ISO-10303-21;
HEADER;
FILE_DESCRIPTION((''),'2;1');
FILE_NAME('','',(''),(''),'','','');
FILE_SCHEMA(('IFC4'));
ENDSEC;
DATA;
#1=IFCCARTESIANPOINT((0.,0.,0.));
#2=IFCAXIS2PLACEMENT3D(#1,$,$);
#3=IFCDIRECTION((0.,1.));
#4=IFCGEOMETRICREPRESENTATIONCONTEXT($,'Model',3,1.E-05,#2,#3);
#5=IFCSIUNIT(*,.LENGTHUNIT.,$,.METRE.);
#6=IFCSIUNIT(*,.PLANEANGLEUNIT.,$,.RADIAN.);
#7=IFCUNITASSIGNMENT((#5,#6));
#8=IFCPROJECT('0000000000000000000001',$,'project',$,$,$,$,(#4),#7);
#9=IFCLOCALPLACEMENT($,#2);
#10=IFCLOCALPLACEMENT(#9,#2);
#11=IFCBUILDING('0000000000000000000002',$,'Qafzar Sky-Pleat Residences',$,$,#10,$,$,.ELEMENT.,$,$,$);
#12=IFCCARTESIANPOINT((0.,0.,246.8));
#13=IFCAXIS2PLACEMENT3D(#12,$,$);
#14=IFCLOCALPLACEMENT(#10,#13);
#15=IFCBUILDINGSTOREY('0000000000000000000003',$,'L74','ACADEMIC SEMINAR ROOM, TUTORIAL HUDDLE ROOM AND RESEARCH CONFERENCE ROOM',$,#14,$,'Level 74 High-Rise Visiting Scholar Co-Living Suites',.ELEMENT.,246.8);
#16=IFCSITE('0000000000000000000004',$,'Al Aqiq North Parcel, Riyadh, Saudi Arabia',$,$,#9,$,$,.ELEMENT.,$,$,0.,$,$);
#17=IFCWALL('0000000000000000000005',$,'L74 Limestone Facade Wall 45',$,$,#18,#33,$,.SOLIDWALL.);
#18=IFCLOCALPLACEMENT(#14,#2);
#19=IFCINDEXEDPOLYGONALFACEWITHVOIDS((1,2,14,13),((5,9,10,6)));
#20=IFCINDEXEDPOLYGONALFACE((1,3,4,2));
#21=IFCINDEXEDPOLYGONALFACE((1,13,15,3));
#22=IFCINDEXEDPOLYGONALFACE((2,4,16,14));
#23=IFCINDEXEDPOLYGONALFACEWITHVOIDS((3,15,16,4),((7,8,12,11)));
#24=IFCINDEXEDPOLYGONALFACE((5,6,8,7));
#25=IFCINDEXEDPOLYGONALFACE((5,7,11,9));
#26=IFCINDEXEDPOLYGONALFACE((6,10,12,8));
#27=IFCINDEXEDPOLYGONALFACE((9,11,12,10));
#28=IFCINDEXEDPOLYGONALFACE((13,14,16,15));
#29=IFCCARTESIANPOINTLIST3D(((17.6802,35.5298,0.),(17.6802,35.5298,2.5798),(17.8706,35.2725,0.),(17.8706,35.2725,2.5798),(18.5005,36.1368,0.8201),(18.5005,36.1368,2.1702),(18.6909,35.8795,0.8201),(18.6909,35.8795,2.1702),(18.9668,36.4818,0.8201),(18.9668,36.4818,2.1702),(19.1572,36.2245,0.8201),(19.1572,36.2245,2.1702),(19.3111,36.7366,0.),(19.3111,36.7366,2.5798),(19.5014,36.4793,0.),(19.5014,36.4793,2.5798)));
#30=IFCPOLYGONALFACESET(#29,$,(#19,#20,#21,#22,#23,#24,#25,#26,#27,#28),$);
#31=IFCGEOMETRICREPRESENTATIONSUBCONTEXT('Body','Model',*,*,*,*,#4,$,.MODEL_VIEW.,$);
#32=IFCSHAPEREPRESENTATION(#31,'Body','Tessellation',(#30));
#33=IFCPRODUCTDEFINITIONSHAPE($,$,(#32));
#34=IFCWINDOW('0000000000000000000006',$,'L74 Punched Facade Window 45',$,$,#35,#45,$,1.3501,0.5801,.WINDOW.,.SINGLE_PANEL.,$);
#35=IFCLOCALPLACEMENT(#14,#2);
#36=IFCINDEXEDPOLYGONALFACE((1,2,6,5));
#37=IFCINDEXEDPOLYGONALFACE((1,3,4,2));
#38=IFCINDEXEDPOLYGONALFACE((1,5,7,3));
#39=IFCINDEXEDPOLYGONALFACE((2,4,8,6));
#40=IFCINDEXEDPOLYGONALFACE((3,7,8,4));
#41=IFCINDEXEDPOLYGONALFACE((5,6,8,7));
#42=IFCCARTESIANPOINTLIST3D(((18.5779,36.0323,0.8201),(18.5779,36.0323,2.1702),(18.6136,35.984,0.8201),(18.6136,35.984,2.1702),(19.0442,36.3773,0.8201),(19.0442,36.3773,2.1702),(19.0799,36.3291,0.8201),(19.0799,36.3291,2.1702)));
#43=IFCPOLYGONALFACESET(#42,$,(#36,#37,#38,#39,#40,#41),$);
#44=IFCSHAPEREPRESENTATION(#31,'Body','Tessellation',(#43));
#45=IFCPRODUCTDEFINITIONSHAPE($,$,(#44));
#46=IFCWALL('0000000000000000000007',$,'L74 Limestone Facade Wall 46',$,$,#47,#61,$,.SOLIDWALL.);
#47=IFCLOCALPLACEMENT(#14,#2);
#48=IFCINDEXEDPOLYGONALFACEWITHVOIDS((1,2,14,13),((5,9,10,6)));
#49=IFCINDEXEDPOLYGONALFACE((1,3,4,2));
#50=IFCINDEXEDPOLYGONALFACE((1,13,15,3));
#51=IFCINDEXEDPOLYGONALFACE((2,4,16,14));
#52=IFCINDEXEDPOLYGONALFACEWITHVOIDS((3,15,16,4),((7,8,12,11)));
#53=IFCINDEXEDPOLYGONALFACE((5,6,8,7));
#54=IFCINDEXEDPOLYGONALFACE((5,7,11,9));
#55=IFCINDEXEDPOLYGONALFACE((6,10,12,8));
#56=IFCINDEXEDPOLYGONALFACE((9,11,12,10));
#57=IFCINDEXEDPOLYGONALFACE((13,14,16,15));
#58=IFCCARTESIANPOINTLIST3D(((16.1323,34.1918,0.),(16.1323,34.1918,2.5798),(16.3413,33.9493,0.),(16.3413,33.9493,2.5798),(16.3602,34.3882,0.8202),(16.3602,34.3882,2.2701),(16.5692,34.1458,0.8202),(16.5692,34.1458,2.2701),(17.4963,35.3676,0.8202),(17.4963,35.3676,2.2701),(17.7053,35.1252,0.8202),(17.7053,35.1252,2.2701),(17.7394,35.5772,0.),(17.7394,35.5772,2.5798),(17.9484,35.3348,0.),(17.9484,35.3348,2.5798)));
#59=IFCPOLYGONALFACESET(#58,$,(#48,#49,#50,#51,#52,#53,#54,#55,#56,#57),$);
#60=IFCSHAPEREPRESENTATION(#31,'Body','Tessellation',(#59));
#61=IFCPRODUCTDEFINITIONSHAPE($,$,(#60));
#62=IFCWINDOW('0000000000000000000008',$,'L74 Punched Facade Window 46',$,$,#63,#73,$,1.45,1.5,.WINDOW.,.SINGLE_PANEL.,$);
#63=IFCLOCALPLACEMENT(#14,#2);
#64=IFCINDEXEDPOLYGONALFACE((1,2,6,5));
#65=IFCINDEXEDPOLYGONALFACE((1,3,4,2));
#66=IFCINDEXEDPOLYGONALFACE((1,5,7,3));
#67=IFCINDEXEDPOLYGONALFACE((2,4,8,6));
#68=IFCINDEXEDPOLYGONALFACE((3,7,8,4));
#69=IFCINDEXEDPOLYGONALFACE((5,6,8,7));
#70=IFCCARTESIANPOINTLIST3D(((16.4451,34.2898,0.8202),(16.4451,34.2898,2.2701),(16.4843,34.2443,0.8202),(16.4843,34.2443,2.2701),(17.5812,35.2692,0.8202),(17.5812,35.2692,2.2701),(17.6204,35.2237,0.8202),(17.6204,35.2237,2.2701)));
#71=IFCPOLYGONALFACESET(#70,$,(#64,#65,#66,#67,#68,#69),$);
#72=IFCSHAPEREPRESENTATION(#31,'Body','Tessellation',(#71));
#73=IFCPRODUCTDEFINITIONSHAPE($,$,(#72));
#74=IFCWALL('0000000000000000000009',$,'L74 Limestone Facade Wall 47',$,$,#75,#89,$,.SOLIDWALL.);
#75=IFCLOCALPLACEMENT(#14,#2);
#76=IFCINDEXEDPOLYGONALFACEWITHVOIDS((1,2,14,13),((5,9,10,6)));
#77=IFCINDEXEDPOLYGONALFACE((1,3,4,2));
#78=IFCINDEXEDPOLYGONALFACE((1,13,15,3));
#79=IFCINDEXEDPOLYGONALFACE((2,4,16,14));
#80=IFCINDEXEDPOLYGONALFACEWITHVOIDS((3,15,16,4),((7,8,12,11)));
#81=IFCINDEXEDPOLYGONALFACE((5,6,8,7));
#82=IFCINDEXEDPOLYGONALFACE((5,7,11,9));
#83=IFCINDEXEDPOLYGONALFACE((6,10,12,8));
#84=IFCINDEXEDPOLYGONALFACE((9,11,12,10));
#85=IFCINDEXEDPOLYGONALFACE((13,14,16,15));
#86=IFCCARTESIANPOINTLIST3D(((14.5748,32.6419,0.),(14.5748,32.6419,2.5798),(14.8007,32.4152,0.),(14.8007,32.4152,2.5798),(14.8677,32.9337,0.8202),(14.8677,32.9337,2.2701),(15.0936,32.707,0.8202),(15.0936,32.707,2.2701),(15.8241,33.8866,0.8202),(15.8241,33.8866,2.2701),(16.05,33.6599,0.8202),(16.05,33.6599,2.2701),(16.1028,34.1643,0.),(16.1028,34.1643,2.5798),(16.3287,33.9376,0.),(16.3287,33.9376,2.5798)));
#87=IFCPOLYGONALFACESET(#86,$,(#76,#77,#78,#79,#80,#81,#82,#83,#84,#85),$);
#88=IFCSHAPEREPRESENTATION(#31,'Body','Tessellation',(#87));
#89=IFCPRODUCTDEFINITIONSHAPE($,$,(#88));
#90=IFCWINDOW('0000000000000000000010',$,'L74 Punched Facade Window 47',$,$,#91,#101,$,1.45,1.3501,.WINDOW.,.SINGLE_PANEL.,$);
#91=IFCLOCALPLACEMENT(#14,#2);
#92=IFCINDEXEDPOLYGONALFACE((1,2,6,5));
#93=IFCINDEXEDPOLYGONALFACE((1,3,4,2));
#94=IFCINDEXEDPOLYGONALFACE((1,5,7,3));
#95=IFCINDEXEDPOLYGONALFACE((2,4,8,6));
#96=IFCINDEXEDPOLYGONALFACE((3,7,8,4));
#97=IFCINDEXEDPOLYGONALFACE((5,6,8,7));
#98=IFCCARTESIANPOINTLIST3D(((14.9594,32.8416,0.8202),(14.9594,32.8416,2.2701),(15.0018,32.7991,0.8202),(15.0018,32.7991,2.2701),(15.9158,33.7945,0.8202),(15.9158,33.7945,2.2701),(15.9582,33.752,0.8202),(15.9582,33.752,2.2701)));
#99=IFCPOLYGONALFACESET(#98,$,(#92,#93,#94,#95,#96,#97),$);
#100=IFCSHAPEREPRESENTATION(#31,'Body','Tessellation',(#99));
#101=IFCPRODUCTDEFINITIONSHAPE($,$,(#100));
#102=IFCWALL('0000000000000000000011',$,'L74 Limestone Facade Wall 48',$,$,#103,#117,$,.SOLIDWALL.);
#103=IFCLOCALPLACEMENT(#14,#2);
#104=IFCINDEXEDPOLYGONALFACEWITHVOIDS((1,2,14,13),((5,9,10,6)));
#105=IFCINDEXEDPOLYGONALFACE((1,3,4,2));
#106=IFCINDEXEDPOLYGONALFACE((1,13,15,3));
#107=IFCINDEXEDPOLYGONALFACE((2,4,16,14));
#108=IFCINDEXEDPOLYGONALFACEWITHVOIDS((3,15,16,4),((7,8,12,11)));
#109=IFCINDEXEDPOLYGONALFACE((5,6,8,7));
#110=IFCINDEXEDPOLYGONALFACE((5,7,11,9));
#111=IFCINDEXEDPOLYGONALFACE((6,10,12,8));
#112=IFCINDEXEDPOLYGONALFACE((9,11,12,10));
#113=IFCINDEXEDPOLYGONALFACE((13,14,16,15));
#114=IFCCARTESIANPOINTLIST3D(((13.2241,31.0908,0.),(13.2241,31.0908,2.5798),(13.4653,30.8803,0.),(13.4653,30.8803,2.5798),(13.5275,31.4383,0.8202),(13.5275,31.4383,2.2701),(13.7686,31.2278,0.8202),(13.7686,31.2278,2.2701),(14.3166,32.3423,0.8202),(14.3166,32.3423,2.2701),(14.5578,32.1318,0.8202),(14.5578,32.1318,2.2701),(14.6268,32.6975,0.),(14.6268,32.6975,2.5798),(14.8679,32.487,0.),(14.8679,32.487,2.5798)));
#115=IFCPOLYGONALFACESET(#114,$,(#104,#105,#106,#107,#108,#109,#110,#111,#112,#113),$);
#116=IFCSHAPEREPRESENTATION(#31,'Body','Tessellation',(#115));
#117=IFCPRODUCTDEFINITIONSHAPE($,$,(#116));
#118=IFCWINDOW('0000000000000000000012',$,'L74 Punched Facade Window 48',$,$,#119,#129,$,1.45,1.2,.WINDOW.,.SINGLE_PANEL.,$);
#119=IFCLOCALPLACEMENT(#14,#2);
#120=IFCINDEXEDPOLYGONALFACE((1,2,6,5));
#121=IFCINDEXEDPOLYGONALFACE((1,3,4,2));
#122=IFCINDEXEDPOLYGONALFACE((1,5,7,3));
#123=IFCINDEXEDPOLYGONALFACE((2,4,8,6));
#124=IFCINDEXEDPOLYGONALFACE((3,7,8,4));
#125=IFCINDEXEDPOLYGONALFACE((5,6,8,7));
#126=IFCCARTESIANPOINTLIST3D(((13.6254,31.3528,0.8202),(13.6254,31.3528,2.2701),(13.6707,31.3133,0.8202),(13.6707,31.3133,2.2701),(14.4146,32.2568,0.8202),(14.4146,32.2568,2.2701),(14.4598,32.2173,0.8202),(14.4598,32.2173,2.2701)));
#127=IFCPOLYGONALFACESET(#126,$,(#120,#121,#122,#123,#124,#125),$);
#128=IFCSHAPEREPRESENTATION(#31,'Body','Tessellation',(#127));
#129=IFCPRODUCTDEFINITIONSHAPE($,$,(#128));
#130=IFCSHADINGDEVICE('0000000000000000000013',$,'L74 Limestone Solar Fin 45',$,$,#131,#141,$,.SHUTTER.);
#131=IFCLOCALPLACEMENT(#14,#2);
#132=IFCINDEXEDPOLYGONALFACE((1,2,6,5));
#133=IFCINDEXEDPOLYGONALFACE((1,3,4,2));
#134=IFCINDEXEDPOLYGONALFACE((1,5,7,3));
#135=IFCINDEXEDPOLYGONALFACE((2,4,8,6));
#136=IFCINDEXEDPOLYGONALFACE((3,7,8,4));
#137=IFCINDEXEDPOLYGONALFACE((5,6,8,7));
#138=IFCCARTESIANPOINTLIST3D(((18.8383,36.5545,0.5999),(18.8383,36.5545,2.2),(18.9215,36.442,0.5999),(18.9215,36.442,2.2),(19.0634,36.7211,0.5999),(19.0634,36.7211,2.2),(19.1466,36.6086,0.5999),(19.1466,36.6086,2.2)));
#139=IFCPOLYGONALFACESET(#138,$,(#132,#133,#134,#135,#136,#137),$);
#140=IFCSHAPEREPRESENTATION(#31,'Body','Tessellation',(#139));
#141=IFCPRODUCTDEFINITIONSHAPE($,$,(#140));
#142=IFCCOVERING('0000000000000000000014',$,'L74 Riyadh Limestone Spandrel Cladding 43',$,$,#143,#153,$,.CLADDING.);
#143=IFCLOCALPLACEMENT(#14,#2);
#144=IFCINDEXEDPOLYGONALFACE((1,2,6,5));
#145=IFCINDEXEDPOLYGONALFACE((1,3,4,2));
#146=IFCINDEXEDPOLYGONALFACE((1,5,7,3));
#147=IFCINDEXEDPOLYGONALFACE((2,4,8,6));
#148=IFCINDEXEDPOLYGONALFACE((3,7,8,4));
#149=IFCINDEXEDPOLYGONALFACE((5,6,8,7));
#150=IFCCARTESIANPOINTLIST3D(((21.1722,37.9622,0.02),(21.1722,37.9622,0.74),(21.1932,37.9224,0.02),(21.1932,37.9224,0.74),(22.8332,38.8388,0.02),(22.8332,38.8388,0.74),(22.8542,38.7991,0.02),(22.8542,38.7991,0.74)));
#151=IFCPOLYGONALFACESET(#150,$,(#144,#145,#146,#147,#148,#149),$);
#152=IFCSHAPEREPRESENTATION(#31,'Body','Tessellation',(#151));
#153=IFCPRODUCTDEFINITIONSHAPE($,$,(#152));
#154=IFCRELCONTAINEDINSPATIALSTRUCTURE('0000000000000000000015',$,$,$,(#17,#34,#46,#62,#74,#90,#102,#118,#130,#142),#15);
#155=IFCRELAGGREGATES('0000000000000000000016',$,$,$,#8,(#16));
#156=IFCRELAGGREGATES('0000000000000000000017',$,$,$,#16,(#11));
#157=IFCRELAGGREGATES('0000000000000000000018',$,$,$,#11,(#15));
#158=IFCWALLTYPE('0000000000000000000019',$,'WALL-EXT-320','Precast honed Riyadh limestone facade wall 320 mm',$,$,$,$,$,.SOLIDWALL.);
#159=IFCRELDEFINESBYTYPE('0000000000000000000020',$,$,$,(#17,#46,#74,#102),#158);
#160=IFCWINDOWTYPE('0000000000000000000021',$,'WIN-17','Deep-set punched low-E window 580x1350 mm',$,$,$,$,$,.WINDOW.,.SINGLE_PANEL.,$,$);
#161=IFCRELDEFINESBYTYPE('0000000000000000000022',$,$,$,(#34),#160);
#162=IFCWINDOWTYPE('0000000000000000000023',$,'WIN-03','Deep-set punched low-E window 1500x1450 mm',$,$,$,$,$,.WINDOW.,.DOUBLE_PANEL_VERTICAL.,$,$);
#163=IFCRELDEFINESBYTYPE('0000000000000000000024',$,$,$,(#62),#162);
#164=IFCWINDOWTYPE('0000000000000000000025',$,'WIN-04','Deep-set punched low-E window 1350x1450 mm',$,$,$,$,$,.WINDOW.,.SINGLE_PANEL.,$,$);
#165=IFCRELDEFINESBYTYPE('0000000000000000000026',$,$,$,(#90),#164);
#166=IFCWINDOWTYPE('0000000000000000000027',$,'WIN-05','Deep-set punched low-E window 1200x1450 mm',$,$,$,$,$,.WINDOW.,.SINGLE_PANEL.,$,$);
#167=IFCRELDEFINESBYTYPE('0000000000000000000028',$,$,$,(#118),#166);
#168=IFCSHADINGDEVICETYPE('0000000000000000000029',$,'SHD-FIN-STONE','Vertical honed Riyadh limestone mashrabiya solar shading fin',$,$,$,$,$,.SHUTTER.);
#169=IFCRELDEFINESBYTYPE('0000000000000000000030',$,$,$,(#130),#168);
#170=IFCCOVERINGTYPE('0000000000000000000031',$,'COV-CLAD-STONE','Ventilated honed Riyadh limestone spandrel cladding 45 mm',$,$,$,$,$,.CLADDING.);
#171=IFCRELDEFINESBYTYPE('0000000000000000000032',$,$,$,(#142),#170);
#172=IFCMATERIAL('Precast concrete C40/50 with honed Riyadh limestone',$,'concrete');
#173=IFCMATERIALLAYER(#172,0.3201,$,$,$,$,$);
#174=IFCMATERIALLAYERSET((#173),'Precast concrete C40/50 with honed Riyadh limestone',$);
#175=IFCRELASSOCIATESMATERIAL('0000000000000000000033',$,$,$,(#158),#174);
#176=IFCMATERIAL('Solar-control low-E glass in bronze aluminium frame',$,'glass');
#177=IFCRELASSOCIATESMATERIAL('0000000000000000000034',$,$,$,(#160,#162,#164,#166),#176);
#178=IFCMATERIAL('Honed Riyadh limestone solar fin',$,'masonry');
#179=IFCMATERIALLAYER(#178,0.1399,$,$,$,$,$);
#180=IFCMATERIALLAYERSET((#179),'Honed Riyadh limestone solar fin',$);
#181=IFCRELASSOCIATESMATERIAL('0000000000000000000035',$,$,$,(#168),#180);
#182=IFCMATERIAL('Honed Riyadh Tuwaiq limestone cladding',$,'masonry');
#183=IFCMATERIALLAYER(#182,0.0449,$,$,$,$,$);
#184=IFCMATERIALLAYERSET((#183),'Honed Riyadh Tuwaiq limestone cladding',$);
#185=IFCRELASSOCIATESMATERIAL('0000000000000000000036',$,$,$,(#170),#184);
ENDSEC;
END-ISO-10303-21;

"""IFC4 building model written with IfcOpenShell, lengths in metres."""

from ifc_helpers import new_model, si_unit, direction, frame, frame_2d, origin, origin_2d, place, context, subcontext, project, spatial, rectangle, extrude, source, transform, mapped, material, layer, layer_set, type_object, element, fill, save


model = new_model("IFC4")

# Units and contexts
model_context = context("Model", 3, precision=1e-05, world=origin(), true_north=direction((0.0, 1.0)))
body_context = subcontext(model_context, "Body", "Model", "MODEL_VIEW")
ifc_project = project(units=[si_unit("LENGTHUNIT", "METRE"), si_unit("PLANEANGLEUNIT", "RADIAN")], contexts=[model_context])

# Site, building, storey
site_placement = place(None, origin())
site = spatial("IfcSite", under=ifc_project, at=site_placement, Name="Al Aqiq North Parcel, Riyadh, Saudi Arabia", CompositionType="ELEMENT", RefElevation=0.0)
building_placement = place(site_placement, origin())
building = spatial("IfcBuilding", under=site, at=building_placement, Name="Qafzar Sky-Pleat Residences", CompositionType="ELEMENT")
storey_placement = place(building_placement, frame((0.0, 0.0, 246.8)))
storey = spatial("IfcBuildingStorey", under=building, at=storey_placement, Name="L74", Description="ACADEMIC SEMINAR ROOM, TUTORIAL HUDDLE ROOM AND RESEARCH CONFERENCE ROOM", LongName="Level 74 High-Rise Visiting Scholar Co-Living Suites", CompositionType="ELEMENT", Elevation=246.8)

# Walls, openings, windows
ifc_material_1 = material(Name="Precast concrete C40/50 with honed Riyadh limestone", Category="concrete")
ifc_layer_1 = layer(ifc_material_1, 0.3201)
ifc_layer_set_1 = layer_set([ifc_layer_1], Name="Precast concrete C40/50 with honed Riyadh limestone")
wall_type_1 = type_object("IfcWallType", Name="WALL-EXT-320", Description="Precast honed Riyadh limestone facade wall 320 mm", PredefinedType="SOLIDWALL", material=ifc_layer_set_1)
ifc_material_2 = material(Name="Solar-control low-E glass in bronze aluminium frame", Category="glass")
wall_1_placement = place(storey_placement, frame((19.4062, 36.6079, 0.0), z_axis=(0.0, 0.0, 1.0), x_axis=(-0.803853, -0.594827, 0.0)))
wall_1 = element("IfcWall", 1, at=wall_1_placement, inside=storey, type_object=wall_type_1, Name="L74 Limestone Facade Wall 45", PredefinedType="SOLIDWALL", context=body_context, shape_type="SweptSolid", body=[
    extrude(rectangle(XDim=2.0288, YDim=0.3201, at=frame_2d((1.0144, 0.0))), origin(), (0.0, 0.0, 1.0), 2.5798),
])
opening_1_placement = place(wall_1_placement, frame((0.4282, 0.0, 0.8201)))
opening_1 = element("IfcOpeningElement", 2, at=opening_1_placement, cuts=wall_1, PredefinedType="OPENING", context=body_context, shape_type="SweptSolid", body=[
    extrude(rectangle(XDim=0.5801, YDim=1.3501, at=frame_2d((0.29, 0.675))), frame((0.0, 0.1699, 0.0), z_axis=(0.0, -1.0, 0.0), x_axis=(1.0, 0.0, 0.0)), (0.0, 0.0, 1.0), 0.3401),
])
window_type_1 = type_object("IfcWindowType", Name="WIN-17", Description="Deep-set punched low-E window 580x1350 mm", PartitioningType="SINGLE_PANEL", PredefinedType="WINDOW", material=ifc_material_2)
shared_shape_1 = source(origin(), body_context, "Body", "SweptSolid", [
    extrude(rectangle(XDim=0.5801, YDim=1.3501, at=frame_2d((0.29, 0.675))), frame((0.0, 0.03, 0.0), z_axis=(0.0, -1.0, 0.0), x_axis=(1.0, 0.0, 0.0)), (0.0, 0.0, 1.0), 0.0601),
])
window_1_placement = place(opening_1_placement, origin())
window_1 = element("IfcWindow", 3, at=window_1_placement, inside=storey, type_object=window_type_1, Name="L74 Punched Facade Window 45", OverallHeight=1.3501, OverallWidth=0.5801, PartitioningType="SINGLE_PANEL", PredefinedType="WINDOW", context=body_context, shape_type="MappedRepresentation", body=[
    mapped(shared_shape_1, transform((0.0, 0.0, 0.0), x_axis=(1.0, 0.0, 0.0), y_axis=(0.0, 1.0, 0.0), z_axis=(0.0, 0.0, 1.0), scale=1.0)),
])
fill(opening_1, window_1)
wall_2_placement = place(storey_placement, frame((17.844, 35.4561, 0.0), z_axis=(0.0, 0.0, 1.0), x_axis=(-0.75741, -0.65294, 0.0)))
wall_2 = element("IfcWall", 4, at=wall_2_placement, inside=storey, type_object=wall_type_1, Name="L74 Limestone Facade Wall 46", PredefinedType="SOLIDWALL", context=body_context, shape_type="SweptSolid", body=[
    extrude(rectangle(XDim=2.1218, YDim=0.3201, at=frame_2d((1.061, 0.0))), origin(), (0.0, 0.0, 1.0), 2.5798),
])
opening_2_placement = place(wall_2_placement, frame((0.321, 0.0, 0.8201)))
opening_2 = element("IfcOpeningElement", 5, at=opening_2_placement, cuts=wall_2, PredefinedType="OPENING", context=body_context, shape_type="SweptSolid", body=[
    extrude(rectangle(XDim=1.5, YDim=1.45, at=frame_2d((0.75, 0.7251))), frame((0.0, 0.1699, 0.0), z_axis=(0.0, -1.0, 0.0), x_axis=(1.0, 0.0, 0.0)), (0.0, 0.0, 1.0), 0.3401),
])
window_type_2 = type_object("IfcWindowType", Name="WIN-03", Description="Deep-set punched low-E window 1500x1450 mm", PartitioningType="DOUBLE_PANEL_VERTICAL", PredefinedType="WINDOW", material=ifc_material_2)
shared_shape_2 = source(origin(), body_context, "Body", "SweptSolid", [
    extrude(rectangle(XDim=1.5, YDim=1.45, at=frame_2d((0.75, 0.7251))), frame((0.0, 0.03, 0.0), z_axis=(0.0, -1.0, 0.0), x_axis=(1.0, 0.0, 0.0)), (0.0, 0.0, 1.0), 0.0601),
])
window_2_placement = place(opening_2_placement, origin())
window_2 = element("IfcWindow", 6, at=window_2_placement, inside=storey, type_object=window_type_2, Name="L74 Punched Facade Window 46", OverallHeight=1.45, OverallWidth=1.5, PartitioningType="SINGLE_PANEL", PredefinedType="WINDOW", context=body_context, shape_type="MappedRepresentation", body=[
    mapped(shared_shape_2, transform((0.0, 0.0, 0.0), x_axis=(1.0, 0.0, 0.0), y_axis=(0.0, 1.0, 0.0), z_axis=(0.0, 0.0, 1.0), scale=1.0)),
])
fill(opening_2, window_2)
wall_3_placement = place(storey_placement, frame((16.2158, 34.051, 0.0), z_axis=(0.0, 0.0, 1.0), x_axis=(-0.708407, -0.705804, 0.0)))
wall_3 = element("IfcWall", 7, at=wall_3_placement, inside=storey, type_object=wall_type_1, Name="L74 Limestone Facade Wall 47", PredefinedType="SOLIDWALL", context=body_context, shape_type="SweptSolid", body=[
    extrude(rectangle(XDim=2.157, YDim=0.3201, at=frame_2d((1.0786, 0.0))), origin(), (0.0, 0.0, 1.0), 2.5798),
])
opening_3_placement = place(wall_3_placement, frame((0.3936, 0.0, 0.8201)))
opening_3 = element("IfcOpeningElement", 8, at=opening_3_placement, cuts=wall_3, PredefinedType="OPENING", context=body_context, shape_type="SweptSolid", body=[
    extrude(rectangle(XDim=1.3501, YDim=1.45, at=frame_2d((0.675, 0.7251))), frame((0.0, 0.1699, 0.0), z_axis=(0.0, -1.0, 0.0), x_axis=(1.0, 0.0, 0.0)), (0.0, 0.0, 1.0), 0.3401),
])
window_type_3 = type_object("IfcWindowType", Name="WIN-04", Description="Deep-set punched low-E window 1350x1450 mm", PartitioningType="SINGLE_PANEL", PredefinedType="WINDOW", material=ifc_material_2)
shared_shape_3 = source(origin(), body_context, "Body", "SweptSolid", [
    extrude(rectangle(XDim=1.3501, YDim=1.45, at=frame_2d((0.675, 0.7251))), frame((0.0, 0.03, 0.0), z_axis=(0.0, -1.0, 0.0), x_axis=(1.0, 0.0, 0.0)), (0.0, 0.0, 1.0), 0.0601),
])
window_3_placement = place(opening_3_placement, origin())
window_3 = element("IfcWindow", 9, at=window_3_placement, inside=storey, type_object=window_type_3, Name="L74 Punched Facade Window 47", OverallHeight=1.45, OverallWidth=1.3501, PartitioningType="SINGLE_PANEL", PredefinedType="WINDOW", context=body_context, shape_type="MappedRepresentation", body=[
    mapped(shared_shape_3, transform((0.0, 0.0, 0.0), x_axis=(1.0, 0.0, 0.0), y_axis=(0.0, 1.0, 0.0), z_axis=(0.0, 0.0, 1.0), scale=1.0)),
])
fill(opening_3, window_3)
wall_4_placement = place(storey_placement, frame((14.7473, 32.5923, 0.0), z_axis=(0.0, 0.0, 1.0), x_axis=(-0.657637, -0.753335, 0.0)))
wall_4 = element("IfcWall", 10, at=wall_4_placement, inside=storey, type_object=wall_type_1, Name="L74 Limestone Facade Wall 48", PredefinedType="SOLIDWALL", context=body_context, shape_type="SweptSolid", body=[
    extrude(rectangle(XDim=2.1328, YDim=0.3201, at=frame_2d((1.0664, 0.0))), origin(), (0.0, 0.0, 1.0), 2.5798),
])
opening_4_placement = place(wall_4_placement, frame((0.4714, 0.0, 0.8201)))
opening_4 = element("IfcOpeningElement", 11, at=opening_4_placement, cuts=wall_4, PredefinedType="OPENING", context=body_context, shape_type="SweptSolid", body=[
    extrude(rectangle(XDim=1.2, YDim=1.45, at=frame_2d((0.6001, 0.7251))), frame((0.0, 0.1699, 0.0), z_axis=(0.0, -1.0, 0.0), x_axis=(1.0, 0.0, 0.0)), (0.0, 0.0, 1.0), 0.3401),
])
window_type_4 = type_object("IfcWindowType", Name="WIN-05", Description="Deep-set punched low-E window 1200x1450 mm", PartitioningType="SINGLE_PANEL", PredefinedType="WINDOW", material=ifc_material_2)
shared_shape_4 = source(origin(), body_context, "Body", "SweptSolid", [
    extrude(rectangle(XDim=1.2, YDim=1.45, at=frame_2d((0.6001, 0.7251))), frame((0.0, 0.03, 0.0), z_axis=(0.0, -1.0, 0.0), x_axis=(1.0, 0.0, 0.0)), (0.0, 0.0, 1.0), 0.0601),
])
window_4_placement = place(opening_4_placement, origin())
window_4 = element("IfcWindow", 12, at=window_4_placement, inside=storey, type_object=window_type_4, Name="L74 Punched Facade Window 48", OverallHeight=1.45, OverallWidth=1.2, PartitioningType="SINGLE_PANEL", PredefinedType="WINDOW", context=body_context, shape_type="MappedRepresentation", body=[
    mapped(shared_shape_4, transform((0.0, 0.0, 0.0), x_axis=(1.0, 0.0, 0.0), y_axis=(0.0, 1.0, 0.0), z_axis=(0.0, 0.0, 1.0), scale=1.0)),
])
fill(opening_4, window_4)

# Shading device
ifc_material_3 = material(Name="Honed Riyadh limestone solar fin", Category="masonry")
ifc_layer_2 = layer(ifc_material_3, 0.1399)
ifc_layer_set_2 = layer_set([ifc_layer_2], Name="Honed Riyadh limestone solar fin")
shading_device_type = type_object("IfcShadingDeviceType", Name="SHD-FIN-STONE", Description="Vertical honed Riyadh limestone mashrabiya solar shading fin", PredefinedType="SHUTTER", material=ifc_layer_set_2)
shared_shape_5 = source(origin(), body_context, "Body", "SweptSolid", [
    extrude(rectangle(XDim=0.1399, YDim=0.28, at=origin_2d()), origin(), (0.0, 0.0, 1.0), 1.6001),
])
shading_device_placement = place(storey_placement, frame((18.9924, 36.5815, 0.5999), z_axis=(0.0, 0.0, 1.0), x_axis=(-0.594859, 0.80383, 0.0)))
element("IfcShadingDevice", 13, at=shading_device_placement, inside=storey, type_object=shading_device_type, Name="L74 Limestone Solar Fin 45", PredefinedType="SHUTTER", context=body_context, shape_type="MappedRepresentation", body=[
    mapped(shared_shape_5, transform((0.0, 0.0, 0.0), x_axis=(1.0, 0.0, 0.0), y_axis=(0.0, 1.0, 0.0), z_axis=(0.0, 0.0, 1.0), scale=1.0)),
])

# Covering
ifc_material_4 = material(Name="Honed Riyadh Tuwaiq limestone cladding", Category="masonry")
ifc_layer_3 = layer(ifc_material_4, 0.0449)
ifc_layer_set_3 = layer_set([ifc_layer_3], Name="Honed Riyadh Tuwaiq limestone cladding")
covering_type = type_object("IfcCoveringType", Name="COV-CLAD-STONE", Description="Ventilated honed Riyadh limestone spandrel cladding 45 mm", PredefinedType="CLADDING", material=ifc_layer_set_3)
shared_shape_6 = source(origin(), body_context, "Body", "SweptSolid", [
    extrude(rectangle(XDim=1.8782, YDim=0.0449, at=origin_2d()), origin(), (0.0, 0.0, 1.0), 0.72),
])
covering_1_placement = place(storey_placement, frame((22.0132, 38.3806, 0.02), z_axis=(0.0, 0.0, 1.0), x_axis=(-0.884388, -0.466753, 0.0)))
element("IfcCovering", 14, at=covering_1_placement, inside=storey, type_object=covering_type, Name="L74 Riyadh Limestone Spandrel Cladding 43", PredefinedType="CLADDING", context=body_context, shape_type="MappedRepresentation", body=[
    mapped(shared_shape_6, transform((0.0, 0.0, 0.0), x_axis=(1.0, 0.0, 0.0), y_axis=(0.0, 1.0, 0.0), z_axis=(0.0, 0.0, 1.0), scale=1.0)),
])

save(model, "model.ifc")
